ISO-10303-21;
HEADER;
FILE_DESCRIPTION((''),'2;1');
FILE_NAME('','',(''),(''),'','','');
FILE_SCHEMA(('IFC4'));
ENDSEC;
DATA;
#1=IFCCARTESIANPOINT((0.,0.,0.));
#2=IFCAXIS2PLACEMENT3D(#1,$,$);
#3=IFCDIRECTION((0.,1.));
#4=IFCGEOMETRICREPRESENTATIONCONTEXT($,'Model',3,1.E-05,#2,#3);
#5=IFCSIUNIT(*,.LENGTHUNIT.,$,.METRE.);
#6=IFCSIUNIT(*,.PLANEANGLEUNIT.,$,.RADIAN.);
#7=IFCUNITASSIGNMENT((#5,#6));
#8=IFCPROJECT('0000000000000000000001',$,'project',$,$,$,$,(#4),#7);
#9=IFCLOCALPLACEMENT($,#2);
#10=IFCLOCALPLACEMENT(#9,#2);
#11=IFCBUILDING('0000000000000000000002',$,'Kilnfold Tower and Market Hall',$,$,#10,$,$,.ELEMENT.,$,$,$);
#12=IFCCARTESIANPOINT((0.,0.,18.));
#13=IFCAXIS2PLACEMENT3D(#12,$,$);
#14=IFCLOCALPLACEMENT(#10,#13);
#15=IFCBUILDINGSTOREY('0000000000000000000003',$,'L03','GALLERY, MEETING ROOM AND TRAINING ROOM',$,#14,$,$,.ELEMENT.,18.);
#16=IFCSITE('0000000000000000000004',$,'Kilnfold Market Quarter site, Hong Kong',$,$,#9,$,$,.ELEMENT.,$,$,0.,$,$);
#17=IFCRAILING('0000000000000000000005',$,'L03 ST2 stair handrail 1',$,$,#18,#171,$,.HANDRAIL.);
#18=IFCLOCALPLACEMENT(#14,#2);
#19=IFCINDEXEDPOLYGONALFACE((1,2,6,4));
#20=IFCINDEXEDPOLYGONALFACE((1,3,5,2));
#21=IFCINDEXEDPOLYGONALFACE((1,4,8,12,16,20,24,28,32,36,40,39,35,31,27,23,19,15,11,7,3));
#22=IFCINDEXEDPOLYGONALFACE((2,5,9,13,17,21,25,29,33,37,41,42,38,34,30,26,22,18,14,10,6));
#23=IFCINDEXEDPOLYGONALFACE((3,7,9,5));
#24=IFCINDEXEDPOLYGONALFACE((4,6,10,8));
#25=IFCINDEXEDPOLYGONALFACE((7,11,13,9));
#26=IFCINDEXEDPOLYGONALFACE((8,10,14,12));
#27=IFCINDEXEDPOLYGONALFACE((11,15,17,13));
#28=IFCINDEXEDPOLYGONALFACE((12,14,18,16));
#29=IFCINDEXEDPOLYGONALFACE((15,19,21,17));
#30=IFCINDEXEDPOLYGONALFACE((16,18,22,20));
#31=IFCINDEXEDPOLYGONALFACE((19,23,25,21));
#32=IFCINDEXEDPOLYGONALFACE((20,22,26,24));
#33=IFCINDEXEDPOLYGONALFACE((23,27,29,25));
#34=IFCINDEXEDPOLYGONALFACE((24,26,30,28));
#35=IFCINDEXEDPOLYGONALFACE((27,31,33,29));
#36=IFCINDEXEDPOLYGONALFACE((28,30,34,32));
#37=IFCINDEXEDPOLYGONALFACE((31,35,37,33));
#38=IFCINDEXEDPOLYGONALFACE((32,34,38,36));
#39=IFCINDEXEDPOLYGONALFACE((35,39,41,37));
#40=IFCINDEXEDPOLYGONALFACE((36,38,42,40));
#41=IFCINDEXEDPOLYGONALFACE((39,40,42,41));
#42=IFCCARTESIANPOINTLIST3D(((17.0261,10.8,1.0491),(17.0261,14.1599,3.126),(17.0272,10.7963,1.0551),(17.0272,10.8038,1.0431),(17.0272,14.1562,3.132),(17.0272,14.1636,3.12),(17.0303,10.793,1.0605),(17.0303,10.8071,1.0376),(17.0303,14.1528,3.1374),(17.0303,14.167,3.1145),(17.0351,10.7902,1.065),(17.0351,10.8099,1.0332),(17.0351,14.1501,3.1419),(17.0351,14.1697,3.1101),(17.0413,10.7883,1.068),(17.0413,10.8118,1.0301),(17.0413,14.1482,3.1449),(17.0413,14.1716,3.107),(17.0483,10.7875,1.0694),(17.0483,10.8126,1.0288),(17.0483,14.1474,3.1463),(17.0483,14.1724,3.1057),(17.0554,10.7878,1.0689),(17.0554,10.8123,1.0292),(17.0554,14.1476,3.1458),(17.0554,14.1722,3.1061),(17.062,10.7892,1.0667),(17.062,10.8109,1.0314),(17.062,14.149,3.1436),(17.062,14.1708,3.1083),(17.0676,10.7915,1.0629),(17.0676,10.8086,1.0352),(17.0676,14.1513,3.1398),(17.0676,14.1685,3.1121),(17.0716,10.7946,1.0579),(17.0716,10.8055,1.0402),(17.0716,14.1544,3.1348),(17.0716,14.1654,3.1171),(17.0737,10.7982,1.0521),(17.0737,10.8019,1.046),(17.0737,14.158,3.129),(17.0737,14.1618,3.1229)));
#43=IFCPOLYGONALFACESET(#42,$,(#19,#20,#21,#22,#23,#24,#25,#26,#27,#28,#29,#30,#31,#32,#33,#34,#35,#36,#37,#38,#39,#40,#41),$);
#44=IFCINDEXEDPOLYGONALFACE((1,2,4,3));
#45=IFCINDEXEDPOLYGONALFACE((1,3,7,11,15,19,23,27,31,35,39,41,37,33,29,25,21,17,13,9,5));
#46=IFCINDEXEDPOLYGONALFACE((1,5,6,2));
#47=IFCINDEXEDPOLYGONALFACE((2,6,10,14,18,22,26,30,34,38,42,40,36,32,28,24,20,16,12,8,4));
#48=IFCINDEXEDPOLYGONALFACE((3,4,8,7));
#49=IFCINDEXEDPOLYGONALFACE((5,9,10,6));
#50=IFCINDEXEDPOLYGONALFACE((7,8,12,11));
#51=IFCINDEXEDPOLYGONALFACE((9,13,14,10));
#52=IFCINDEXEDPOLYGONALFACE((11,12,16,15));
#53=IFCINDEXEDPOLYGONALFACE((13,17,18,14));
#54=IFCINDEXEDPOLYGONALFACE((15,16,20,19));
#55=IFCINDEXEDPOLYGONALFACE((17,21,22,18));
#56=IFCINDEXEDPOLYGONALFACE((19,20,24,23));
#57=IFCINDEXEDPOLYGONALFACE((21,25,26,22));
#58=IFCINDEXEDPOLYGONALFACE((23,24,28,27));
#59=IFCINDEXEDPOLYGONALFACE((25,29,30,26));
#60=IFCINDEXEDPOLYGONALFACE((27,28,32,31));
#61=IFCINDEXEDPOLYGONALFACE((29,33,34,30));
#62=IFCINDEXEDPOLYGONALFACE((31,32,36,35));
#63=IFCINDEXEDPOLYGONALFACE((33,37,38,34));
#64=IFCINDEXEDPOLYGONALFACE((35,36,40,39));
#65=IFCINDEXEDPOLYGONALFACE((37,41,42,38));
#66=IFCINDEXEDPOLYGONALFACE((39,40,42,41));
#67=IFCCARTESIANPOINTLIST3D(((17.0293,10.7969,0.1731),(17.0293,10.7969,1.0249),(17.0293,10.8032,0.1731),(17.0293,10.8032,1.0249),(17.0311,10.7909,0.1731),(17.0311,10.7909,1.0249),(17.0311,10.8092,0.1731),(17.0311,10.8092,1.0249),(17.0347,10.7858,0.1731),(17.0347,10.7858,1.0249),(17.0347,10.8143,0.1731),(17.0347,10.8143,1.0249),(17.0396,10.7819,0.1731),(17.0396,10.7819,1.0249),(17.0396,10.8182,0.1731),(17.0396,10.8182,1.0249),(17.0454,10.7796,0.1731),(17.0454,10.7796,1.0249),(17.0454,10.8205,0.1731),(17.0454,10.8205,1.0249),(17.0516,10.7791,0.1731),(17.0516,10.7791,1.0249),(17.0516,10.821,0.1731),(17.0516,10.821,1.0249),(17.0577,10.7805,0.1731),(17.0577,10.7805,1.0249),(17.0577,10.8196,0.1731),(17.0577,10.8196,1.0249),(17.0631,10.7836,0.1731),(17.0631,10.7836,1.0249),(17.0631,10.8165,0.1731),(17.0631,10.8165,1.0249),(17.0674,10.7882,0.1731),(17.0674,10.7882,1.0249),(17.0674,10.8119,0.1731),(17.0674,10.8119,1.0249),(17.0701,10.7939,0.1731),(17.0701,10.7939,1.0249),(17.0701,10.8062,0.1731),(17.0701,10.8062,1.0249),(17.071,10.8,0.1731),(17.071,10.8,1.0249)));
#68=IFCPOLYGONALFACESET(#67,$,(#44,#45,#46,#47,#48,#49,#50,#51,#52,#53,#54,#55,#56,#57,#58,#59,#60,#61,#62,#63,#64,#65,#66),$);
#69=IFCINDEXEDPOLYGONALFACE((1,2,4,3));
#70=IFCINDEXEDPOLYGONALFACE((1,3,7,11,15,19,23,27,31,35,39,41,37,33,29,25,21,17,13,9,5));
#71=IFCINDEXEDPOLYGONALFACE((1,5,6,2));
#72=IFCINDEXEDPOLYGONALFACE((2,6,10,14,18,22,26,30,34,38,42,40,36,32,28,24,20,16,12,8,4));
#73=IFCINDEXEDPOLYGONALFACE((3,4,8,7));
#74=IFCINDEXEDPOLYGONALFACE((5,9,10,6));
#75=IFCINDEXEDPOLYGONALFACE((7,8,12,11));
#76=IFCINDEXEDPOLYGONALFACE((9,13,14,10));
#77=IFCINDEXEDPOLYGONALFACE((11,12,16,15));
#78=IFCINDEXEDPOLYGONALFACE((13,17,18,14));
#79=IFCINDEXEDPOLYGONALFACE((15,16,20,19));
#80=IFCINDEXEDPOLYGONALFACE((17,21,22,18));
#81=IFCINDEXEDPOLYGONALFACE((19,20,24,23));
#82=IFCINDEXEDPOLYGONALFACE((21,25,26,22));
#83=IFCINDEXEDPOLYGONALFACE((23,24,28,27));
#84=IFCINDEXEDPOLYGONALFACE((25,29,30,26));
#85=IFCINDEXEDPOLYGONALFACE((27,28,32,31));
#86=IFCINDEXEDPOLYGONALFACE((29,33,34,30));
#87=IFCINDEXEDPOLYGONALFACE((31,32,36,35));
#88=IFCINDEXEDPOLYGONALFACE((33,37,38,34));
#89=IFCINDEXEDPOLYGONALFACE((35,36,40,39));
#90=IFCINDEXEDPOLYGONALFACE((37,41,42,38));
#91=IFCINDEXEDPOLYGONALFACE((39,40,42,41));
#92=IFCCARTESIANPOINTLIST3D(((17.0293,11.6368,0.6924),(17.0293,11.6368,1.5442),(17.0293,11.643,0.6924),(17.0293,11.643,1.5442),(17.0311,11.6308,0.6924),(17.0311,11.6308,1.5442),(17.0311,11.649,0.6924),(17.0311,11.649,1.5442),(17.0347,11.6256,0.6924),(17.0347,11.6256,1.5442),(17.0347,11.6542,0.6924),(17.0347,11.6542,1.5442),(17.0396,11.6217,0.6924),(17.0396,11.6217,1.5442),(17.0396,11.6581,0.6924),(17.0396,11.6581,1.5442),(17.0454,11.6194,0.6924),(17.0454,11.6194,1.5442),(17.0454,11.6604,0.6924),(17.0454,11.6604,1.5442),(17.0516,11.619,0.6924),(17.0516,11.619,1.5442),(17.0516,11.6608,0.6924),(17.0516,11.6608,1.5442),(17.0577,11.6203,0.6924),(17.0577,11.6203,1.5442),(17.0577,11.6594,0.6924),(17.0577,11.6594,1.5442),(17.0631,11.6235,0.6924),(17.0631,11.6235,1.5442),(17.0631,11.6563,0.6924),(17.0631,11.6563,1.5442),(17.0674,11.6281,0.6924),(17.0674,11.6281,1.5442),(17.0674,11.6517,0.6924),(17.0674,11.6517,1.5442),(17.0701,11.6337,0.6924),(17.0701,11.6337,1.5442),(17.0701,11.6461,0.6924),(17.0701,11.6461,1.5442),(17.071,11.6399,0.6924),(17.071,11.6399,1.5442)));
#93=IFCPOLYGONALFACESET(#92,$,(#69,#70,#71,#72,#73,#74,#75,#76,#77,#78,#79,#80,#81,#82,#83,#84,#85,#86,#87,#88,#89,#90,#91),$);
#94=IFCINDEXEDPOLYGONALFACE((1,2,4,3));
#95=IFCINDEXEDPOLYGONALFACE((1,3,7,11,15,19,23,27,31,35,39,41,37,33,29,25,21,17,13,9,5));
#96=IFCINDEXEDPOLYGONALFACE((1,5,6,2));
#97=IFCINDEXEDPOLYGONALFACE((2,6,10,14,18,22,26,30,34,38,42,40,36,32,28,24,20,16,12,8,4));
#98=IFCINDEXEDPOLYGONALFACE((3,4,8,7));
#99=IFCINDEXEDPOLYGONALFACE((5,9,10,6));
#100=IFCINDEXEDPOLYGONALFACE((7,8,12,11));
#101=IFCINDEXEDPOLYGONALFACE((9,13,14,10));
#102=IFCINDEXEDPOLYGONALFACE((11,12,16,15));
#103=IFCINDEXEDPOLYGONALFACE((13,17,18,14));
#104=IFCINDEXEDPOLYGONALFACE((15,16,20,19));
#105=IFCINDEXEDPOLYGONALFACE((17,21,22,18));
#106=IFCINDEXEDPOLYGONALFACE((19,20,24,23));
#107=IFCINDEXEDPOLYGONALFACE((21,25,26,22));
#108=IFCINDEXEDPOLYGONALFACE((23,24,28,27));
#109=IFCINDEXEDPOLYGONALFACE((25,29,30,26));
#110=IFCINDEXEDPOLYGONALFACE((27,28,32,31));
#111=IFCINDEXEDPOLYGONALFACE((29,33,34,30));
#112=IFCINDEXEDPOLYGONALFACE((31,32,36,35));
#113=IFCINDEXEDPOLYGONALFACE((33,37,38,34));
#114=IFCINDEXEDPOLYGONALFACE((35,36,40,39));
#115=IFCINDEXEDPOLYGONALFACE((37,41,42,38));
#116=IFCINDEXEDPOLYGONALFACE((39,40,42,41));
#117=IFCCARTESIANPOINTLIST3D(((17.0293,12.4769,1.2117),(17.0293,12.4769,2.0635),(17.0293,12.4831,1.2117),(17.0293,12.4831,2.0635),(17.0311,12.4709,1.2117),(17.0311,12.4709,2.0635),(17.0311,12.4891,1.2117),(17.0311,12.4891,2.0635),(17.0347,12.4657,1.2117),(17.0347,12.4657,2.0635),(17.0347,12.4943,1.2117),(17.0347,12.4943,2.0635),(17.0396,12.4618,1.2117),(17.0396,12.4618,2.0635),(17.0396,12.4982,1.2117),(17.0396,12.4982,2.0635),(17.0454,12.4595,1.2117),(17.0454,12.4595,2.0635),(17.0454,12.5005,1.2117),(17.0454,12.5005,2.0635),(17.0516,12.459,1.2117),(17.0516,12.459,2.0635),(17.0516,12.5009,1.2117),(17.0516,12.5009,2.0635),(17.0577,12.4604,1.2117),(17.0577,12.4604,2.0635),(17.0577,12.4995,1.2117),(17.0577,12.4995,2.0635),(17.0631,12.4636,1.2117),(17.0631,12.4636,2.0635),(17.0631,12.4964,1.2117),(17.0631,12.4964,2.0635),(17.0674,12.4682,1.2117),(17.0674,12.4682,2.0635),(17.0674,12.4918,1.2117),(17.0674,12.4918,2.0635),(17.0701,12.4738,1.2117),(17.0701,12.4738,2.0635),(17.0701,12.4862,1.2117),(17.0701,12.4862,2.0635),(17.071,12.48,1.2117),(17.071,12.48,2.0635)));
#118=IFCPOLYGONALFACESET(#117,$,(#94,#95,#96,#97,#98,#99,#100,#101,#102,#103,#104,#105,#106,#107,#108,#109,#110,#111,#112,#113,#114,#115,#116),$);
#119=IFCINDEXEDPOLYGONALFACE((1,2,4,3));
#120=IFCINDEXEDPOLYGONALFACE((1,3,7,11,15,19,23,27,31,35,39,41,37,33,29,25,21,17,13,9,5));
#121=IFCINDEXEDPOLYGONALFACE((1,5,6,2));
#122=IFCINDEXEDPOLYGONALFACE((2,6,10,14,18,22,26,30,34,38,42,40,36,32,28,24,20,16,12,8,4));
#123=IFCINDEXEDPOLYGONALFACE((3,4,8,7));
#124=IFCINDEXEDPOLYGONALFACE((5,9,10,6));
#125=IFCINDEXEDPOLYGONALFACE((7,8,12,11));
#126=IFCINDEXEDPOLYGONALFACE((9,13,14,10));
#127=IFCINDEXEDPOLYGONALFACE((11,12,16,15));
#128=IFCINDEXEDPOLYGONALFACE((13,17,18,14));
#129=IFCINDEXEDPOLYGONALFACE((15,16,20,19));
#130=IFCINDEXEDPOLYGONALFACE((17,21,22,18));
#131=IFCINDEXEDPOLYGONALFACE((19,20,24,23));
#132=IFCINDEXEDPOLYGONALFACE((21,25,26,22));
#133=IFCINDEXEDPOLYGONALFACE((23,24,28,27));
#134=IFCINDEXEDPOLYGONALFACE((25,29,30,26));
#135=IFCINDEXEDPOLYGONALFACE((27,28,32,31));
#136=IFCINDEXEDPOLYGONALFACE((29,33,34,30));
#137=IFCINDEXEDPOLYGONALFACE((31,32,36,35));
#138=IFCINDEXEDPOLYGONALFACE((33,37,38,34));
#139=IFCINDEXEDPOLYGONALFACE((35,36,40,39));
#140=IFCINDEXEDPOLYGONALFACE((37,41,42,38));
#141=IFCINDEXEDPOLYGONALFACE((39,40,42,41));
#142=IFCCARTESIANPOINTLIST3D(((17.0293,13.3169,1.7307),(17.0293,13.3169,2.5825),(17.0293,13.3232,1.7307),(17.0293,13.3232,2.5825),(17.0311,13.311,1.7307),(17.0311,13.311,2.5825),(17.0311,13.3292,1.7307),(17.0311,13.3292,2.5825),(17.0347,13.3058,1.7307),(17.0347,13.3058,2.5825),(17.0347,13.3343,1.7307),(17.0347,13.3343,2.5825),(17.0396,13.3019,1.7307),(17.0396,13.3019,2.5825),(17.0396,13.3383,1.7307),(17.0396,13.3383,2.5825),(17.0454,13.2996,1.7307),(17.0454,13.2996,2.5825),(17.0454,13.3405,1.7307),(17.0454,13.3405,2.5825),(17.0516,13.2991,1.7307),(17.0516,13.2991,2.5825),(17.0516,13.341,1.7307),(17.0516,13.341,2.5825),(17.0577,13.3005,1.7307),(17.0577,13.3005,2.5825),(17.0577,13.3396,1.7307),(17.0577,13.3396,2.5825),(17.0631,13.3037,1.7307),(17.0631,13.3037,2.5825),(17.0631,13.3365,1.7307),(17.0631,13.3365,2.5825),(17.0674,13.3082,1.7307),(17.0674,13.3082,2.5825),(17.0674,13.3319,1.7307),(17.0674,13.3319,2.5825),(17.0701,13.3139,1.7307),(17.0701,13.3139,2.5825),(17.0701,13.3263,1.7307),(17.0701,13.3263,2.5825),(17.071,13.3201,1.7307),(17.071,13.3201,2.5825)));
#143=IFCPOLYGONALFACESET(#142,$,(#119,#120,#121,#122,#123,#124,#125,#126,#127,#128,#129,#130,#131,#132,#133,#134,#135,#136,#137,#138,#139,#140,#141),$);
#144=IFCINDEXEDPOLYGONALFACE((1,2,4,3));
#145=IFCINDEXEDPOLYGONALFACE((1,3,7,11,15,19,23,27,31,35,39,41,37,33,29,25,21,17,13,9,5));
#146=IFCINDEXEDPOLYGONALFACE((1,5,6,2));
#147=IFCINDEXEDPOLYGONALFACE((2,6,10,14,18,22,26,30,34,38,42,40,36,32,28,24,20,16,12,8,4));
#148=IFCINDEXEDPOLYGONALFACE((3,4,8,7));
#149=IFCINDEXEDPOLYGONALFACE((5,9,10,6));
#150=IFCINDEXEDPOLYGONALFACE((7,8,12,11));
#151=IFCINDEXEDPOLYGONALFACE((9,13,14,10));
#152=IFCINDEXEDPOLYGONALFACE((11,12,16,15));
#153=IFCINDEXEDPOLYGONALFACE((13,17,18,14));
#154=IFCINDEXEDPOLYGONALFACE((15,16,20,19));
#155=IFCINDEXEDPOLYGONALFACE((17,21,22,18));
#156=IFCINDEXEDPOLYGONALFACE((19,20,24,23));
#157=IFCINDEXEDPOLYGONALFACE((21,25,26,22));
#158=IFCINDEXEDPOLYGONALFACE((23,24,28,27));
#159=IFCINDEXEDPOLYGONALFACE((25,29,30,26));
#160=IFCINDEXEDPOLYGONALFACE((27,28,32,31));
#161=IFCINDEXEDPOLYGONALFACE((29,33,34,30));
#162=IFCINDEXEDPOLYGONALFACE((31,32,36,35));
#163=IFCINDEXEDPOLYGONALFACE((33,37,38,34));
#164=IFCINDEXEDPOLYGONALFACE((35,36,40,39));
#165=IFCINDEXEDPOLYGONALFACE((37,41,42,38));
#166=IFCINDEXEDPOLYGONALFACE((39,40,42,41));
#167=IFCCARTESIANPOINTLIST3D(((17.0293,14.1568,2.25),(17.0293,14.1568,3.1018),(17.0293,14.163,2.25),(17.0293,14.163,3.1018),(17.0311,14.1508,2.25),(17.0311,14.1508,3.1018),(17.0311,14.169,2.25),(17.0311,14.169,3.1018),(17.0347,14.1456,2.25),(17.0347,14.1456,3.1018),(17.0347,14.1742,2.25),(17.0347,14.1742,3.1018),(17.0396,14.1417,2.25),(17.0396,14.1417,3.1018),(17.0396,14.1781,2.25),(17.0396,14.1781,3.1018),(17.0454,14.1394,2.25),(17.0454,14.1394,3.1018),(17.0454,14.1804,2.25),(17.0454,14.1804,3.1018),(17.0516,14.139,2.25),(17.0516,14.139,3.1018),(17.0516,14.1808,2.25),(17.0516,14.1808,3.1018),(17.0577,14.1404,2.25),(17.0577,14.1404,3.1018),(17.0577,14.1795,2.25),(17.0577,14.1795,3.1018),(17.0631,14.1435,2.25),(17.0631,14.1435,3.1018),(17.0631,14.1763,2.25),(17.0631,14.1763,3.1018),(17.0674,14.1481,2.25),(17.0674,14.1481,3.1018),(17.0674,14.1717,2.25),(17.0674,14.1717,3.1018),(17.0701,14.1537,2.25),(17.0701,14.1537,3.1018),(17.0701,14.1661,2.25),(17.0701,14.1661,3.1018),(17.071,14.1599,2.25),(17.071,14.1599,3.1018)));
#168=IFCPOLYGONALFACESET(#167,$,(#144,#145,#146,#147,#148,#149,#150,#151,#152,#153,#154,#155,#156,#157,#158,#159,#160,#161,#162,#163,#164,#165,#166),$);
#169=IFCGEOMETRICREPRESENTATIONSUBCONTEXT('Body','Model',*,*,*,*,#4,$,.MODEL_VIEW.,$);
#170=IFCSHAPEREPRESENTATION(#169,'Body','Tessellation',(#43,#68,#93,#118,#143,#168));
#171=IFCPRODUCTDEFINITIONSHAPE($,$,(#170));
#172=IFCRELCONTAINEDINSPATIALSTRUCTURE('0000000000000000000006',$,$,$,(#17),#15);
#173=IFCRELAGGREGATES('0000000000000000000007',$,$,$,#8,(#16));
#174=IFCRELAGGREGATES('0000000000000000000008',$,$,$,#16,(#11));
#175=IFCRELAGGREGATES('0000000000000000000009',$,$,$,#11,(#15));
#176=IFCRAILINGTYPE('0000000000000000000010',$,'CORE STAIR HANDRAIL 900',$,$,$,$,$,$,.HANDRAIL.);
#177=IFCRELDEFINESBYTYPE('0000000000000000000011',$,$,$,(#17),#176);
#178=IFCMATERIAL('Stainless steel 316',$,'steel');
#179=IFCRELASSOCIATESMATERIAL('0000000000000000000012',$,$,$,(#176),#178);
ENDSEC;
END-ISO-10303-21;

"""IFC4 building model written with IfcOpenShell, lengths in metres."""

from ifc_helpers import new_model, si_unit, direction, frame, origin, origin_2d, place, context, subcontext, project, spatial, circle, extrude, material, type_object, element, save


model = new_model("IFC4")

# Units and contexts
model_context = context("Model", 3, precision=1e-05, world=origin(), true_north=direction((0.0, 1.0)))
body_context = subcontext(model_context, "Body", "Model", "MODEL_VIEW")
ifc_project = project(units=[si_unit("LENGTHUNIT", "METRE"), si_unit("PLANEANGLEUNIT", "RADIAN")], contexts=[model_context])

# Site, building, storey
site_placement = place(None, origin())
site = spatial("IfcSite", under=ifc_project, at=site_placement, Name="Kilnfold Market Quarter site, Hong Kong", CompositionType="ELEMENT", RefElevation=0.0)
building_placement = place(site_placement, origin())
building = spatial("IfcBuilding", under=site, at=building_placement, Name="Kilnfold Tower and Market Hall", CompositionType="ELEMENT")
storey_placement = place(building_placement, frame((0.0, 0.0, 18.0)))
storey = spatial("IfcBuildingStorey", under=building, at=storey_placement, Name="L03", Description="GALLERY, MEETING ROOM AND TRAINING ROOM", CompositionType="ELEMENT", Elevation=18.0)

# Railing
ifc_material_1 = material(Name="Stainless steel 316", Category="steel")
railing_type_1 = type_object("IfcRailingType", Name="CORE STAIR HANDRAIL 900", PredefinedType="HANDRAIL", material=ifc_material_1)
railing_1_placement = place(storey_placement, frame((17.05, 10.8, 0.1731)))
element("IfcRailing", 1, at=railing_1_placement, inside=storey, type_object=railing_type_1, Name="L03 ST2 stair handrail 1", PredefinedType="HANDRAIL", context=body_context, shape_type="SweptSolid", body=[
    extrude(circle(Radius=0.0239, at=origin_2d()), frame((0.0, 0.0, 0.876), z_axis=(0.0, 0.850606, 0.525803), x_axis=(-1.0, 0.0, 0.0)), (0.0, 0.0, 1.0), 3.95),
    extrude(circle(Radius=0.021, at=origin_2d()), origin(), (0.0, 0.0, 1.0), 0.8518),
    extrude(circle(Radius=0.021, at=origin_2d()), frame((0.0, 0.8398, 0.5193)), (0.0, 0.0, 1.0), 0.8518),
    extrude(circle(Radius=0.021, at=origin_2d()), frame((0.0, 1.6799, 1.0386)), (0.0, 0.0, 1.0), 0.8518),
    extrude(circle(Radius=0.021, at=origin_2d()), frame((0.0, 2.52, 1.5576)), (0.0, 0.0, 1.0), 0.8518),
    extrude(circle(Radius=0.021, at=origin_2d()), frame((0.0, 3.3599, 2.0769)), (0.0, 0.0, 1.0), 0.8518),
])

save(model, "model.ifc")
